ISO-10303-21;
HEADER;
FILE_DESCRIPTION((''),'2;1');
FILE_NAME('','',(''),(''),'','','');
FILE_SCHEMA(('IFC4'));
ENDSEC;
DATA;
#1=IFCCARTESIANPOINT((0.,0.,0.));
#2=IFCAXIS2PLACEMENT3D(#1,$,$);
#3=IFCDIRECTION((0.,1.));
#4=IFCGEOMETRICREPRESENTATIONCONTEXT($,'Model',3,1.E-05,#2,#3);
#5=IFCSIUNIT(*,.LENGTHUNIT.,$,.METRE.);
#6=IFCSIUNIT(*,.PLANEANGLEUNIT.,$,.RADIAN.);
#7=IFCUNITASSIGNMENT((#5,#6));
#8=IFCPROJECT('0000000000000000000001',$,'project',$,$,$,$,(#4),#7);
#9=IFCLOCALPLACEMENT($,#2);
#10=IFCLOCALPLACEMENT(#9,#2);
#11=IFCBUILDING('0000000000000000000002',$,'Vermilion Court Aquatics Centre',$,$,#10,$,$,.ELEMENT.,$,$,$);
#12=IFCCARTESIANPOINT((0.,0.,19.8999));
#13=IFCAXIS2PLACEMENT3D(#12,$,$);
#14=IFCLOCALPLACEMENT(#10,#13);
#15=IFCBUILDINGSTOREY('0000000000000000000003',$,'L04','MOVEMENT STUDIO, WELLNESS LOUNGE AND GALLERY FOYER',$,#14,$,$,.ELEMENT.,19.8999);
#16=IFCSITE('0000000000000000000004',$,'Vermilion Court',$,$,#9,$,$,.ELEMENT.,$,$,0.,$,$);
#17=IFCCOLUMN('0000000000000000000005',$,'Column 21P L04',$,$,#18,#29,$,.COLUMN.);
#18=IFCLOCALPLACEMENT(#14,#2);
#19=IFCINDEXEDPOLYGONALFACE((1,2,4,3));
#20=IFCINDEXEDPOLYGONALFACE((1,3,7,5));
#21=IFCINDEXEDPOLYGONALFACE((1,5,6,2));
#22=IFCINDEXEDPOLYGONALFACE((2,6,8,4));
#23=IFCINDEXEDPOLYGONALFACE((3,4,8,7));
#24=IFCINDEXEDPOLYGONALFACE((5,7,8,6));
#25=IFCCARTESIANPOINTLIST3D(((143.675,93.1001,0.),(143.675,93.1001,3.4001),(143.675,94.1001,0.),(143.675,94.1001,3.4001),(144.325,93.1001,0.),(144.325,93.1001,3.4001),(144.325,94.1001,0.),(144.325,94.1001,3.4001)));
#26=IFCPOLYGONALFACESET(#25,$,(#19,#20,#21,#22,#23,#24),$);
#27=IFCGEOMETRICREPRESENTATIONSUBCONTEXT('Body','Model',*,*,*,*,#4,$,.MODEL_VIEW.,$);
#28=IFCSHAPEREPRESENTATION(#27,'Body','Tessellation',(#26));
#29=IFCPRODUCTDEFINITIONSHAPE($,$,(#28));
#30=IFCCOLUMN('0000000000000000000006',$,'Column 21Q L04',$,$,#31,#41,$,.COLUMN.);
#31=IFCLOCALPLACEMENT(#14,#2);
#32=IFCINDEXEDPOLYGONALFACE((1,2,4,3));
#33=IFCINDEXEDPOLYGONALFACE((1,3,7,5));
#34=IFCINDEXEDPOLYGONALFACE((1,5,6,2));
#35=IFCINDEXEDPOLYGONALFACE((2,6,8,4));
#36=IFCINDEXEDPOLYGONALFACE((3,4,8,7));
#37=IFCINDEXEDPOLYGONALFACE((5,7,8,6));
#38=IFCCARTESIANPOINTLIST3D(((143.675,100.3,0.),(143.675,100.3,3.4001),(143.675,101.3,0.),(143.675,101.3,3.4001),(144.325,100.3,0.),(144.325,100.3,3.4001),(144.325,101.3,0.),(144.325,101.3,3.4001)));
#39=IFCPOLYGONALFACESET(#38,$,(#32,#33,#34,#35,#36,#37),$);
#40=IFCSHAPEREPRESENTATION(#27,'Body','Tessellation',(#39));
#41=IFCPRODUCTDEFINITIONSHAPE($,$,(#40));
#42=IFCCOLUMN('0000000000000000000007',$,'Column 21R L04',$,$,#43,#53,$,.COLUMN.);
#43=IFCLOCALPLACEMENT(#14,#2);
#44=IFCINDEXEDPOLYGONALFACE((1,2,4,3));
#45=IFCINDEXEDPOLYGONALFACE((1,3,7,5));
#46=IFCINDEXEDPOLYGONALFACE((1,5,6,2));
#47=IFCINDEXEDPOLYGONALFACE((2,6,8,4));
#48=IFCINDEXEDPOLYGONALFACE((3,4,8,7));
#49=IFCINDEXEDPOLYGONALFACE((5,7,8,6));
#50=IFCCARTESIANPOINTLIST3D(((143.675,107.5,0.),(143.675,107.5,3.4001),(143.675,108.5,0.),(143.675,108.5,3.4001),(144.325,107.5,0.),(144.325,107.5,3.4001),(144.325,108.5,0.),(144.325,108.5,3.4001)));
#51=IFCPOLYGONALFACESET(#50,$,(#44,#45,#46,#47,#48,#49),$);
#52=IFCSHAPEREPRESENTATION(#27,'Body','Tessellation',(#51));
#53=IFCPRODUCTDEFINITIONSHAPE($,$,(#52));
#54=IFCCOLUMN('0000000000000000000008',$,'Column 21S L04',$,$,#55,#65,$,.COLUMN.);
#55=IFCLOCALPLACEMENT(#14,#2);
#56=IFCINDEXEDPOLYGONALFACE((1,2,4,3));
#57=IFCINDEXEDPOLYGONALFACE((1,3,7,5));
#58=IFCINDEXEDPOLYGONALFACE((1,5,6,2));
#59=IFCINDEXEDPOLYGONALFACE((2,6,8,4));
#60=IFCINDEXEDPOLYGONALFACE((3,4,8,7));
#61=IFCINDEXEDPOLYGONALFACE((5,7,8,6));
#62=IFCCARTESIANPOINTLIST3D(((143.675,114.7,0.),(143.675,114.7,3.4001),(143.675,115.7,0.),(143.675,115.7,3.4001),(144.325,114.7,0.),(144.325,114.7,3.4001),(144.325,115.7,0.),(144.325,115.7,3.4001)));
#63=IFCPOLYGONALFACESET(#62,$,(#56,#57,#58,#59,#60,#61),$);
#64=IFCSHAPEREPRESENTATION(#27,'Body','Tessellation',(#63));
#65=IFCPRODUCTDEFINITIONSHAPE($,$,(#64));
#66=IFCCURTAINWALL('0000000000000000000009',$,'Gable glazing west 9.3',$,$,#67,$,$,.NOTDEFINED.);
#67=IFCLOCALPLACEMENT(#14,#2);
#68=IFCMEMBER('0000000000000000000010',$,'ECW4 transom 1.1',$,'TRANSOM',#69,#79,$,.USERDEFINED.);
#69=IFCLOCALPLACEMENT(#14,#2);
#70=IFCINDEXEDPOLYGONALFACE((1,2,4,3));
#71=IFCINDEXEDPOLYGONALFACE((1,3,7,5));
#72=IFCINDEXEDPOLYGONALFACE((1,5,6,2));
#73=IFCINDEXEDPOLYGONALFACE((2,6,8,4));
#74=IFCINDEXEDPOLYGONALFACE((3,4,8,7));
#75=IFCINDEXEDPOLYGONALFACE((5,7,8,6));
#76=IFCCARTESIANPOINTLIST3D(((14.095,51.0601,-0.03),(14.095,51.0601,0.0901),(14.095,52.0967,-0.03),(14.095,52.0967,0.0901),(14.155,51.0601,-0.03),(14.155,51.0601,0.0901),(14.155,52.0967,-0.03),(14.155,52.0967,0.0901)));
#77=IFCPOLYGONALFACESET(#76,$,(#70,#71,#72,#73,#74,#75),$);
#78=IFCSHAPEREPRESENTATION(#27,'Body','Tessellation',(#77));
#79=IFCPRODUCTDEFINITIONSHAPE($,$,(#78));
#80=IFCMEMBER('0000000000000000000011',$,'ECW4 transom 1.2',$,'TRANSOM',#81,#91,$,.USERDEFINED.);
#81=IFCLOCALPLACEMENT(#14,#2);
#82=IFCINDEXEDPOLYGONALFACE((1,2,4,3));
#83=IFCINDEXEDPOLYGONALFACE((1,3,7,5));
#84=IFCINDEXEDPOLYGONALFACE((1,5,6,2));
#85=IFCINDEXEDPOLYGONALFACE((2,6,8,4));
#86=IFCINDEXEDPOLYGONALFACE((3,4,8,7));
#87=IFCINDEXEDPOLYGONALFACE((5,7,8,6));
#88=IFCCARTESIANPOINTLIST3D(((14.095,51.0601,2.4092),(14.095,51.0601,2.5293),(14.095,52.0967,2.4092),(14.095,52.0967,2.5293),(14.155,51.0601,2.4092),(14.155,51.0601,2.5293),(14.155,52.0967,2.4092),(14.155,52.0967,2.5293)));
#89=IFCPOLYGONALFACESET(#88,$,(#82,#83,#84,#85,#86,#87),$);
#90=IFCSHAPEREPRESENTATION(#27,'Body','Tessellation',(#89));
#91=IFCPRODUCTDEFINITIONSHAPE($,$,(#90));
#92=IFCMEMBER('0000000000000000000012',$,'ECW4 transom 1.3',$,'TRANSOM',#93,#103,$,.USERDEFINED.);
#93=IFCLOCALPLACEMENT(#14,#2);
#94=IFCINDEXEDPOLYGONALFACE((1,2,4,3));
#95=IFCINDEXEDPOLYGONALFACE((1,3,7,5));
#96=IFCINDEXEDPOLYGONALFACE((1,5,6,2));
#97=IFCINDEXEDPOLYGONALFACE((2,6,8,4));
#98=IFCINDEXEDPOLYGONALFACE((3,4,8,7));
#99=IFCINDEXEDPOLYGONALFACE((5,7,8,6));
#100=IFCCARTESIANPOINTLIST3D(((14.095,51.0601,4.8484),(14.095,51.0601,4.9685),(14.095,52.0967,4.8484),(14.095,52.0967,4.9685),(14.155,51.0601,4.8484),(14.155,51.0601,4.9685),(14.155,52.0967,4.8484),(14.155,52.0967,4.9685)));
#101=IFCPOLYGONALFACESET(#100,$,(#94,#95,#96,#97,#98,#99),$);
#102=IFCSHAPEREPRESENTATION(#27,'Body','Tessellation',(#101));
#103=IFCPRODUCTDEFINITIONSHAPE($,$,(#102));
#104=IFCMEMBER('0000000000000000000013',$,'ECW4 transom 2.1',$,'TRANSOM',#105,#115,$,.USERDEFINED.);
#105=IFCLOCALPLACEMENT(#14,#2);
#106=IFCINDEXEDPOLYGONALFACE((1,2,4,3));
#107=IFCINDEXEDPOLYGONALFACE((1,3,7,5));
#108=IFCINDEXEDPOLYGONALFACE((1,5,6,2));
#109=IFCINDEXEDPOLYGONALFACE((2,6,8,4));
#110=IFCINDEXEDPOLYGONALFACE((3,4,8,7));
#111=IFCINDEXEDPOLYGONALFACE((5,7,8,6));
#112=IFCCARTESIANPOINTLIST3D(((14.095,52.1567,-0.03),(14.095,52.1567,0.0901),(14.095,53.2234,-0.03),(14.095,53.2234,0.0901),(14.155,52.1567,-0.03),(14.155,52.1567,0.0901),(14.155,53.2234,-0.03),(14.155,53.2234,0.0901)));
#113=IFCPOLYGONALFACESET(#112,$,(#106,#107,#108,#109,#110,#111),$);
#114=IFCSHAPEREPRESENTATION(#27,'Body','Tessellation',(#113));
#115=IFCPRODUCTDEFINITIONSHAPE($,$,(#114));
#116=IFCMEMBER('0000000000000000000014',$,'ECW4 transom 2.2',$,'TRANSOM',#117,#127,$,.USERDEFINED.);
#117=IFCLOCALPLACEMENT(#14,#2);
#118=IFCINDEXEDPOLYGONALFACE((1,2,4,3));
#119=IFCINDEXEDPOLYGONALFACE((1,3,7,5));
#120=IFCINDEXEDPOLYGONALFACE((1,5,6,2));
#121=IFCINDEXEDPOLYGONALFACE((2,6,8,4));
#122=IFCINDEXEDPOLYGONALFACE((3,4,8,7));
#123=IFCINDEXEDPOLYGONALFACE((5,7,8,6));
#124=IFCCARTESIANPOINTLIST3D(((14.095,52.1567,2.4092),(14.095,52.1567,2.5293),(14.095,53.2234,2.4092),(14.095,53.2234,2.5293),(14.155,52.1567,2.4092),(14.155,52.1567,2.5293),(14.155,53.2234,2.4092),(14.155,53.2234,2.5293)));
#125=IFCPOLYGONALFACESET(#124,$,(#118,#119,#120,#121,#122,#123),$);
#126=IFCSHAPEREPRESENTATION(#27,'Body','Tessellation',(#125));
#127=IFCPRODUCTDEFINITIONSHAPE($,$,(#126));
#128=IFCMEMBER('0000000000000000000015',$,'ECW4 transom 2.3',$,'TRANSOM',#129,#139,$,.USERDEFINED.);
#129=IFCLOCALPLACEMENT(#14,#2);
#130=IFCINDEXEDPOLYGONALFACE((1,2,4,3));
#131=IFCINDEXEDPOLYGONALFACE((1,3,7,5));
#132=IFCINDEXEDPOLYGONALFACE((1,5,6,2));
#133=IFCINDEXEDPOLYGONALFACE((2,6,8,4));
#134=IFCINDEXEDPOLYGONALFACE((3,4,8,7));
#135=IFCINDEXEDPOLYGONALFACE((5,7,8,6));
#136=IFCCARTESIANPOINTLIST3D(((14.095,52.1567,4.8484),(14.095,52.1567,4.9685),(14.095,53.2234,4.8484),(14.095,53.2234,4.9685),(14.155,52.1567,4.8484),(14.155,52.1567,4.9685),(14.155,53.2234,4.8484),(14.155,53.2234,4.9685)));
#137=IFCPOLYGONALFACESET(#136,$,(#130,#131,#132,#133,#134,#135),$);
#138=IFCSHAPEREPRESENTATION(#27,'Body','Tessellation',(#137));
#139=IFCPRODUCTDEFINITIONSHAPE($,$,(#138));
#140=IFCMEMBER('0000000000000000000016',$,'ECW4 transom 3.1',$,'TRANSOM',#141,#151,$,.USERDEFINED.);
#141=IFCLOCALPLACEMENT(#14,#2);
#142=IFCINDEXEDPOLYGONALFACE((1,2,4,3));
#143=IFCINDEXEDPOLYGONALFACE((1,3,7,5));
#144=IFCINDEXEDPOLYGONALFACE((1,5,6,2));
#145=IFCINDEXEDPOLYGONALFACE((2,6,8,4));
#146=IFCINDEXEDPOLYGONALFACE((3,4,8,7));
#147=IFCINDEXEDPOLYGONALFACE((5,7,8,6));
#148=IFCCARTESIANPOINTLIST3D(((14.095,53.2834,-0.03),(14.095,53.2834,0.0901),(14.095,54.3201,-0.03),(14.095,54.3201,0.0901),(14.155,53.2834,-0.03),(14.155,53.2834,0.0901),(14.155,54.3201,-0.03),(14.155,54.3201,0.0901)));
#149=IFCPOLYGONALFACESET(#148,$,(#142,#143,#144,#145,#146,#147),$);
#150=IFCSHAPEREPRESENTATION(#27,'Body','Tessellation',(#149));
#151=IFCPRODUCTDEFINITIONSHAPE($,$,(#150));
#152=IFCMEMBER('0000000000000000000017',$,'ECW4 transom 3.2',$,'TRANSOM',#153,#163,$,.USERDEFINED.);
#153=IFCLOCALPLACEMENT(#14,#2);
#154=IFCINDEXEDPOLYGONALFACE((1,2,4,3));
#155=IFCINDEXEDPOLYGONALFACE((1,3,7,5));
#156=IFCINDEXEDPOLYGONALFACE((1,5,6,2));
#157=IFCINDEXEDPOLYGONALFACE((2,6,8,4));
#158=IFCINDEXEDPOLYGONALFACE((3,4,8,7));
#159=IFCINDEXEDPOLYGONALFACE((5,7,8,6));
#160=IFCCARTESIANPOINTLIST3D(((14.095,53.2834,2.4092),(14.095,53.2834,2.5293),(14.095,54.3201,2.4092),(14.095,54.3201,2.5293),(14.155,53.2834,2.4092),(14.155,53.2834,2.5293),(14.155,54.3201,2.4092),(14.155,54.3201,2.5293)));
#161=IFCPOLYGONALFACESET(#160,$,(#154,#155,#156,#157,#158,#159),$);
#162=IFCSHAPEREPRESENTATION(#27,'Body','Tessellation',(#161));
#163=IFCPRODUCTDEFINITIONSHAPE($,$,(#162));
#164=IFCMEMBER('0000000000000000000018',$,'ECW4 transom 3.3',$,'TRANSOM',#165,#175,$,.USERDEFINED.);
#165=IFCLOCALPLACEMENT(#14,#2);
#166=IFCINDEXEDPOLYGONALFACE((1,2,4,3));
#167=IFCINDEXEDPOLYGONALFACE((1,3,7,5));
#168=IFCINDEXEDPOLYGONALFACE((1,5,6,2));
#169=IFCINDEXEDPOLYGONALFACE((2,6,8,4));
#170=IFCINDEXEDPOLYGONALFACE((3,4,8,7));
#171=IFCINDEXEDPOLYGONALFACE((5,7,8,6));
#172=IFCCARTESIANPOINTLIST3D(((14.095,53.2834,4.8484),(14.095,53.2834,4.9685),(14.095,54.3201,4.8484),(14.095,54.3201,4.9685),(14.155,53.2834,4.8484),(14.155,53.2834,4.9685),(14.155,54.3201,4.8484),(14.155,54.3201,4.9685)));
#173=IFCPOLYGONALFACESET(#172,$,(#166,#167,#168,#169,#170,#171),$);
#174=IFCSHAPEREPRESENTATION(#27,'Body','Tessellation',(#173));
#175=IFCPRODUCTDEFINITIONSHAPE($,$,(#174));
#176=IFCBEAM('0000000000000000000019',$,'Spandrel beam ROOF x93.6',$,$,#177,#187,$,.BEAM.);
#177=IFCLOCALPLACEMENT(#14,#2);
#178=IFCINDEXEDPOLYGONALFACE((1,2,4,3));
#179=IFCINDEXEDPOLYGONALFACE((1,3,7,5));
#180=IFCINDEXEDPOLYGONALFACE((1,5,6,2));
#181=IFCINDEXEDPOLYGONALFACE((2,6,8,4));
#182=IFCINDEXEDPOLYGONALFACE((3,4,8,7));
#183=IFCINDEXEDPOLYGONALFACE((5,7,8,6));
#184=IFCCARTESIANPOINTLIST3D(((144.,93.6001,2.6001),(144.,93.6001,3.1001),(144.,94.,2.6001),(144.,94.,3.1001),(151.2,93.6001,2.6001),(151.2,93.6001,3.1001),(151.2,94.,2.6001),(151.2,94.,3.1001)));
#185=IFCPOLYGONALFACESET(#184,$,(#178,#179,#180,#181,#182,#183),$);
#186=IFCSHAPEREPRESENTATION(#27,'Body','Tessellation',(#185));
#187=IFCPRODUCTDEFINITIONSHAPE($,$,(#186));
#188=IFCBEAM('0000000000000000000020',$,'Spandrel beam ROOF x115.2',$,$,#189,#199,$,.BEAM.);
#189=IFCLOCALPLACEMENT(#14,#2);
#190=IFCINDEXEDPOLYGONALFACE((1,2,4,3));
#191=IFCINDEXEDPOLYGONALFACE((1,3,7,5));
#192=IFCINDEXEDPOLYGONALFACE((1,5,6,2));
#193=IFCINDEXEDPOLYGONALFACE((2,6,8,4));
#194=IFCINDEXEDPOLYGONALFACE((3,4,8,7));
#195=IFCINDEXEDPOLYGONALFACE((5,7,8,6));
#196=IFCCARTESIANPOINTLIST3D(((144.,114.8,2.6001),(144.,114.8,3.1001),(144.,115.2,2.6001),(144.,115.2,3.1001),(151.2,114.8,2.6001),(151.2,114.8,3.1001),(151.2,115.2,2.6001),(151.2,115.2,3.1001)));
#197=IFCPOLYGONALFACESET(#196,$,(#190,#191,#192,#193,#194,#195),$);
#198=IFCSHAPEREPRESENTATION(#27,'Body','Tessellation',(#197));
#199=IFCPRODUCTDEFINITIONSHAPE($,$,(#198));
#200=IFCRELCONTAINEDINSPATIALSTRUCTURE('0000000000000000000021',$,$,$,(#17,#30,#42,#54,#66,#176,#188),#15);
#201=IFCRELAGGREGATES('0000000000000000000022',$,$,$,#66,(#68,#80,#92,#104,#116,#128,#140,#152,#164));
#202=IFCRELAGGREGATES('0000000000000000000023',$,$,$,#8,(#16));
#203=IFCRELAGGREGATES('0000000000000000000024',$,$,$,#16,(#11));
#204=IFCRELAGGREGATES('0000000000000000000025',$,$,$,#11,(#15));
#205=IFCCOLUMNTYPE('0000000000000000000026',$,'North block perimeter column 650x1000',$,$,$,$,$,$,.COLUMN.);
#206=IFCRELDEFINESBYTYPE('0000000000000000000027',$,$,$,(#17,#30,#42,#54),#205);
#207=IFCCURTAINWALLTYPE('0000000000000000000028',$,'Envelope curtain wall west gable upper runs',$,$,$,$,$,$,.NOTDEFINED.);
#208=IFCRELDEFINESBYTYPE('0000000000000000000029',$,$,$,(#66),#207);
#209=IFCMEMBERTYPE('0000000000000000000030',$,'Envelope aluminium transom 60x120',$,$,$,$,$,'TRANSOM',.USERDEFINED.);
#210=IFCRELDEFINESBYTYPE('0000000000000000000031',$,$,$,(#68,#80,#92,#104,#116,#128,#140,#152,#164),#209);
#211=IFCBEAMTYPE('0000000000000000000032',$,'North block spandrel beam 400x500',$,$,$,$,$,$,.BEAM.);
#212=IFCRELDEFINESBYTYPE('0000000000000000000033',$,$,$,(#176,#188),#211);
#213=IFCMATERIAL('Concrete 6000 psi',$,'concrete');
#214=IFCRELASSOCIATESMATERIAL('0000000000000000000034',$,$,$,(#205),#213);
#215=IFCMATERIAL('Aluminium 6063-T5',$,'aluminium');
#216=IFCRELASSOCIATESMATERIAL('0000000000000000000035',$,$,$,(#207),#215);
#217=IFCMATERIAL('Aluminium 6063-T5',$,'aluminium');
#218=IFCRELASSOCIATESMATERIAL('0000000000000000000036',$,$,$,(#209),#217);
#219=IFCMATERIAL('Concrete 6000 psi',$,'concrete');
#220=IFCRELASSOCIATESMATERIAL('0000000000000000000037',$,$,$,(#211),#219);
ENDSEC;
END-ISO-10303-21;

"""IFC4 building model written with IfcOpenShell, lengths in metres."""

from ifc_helpers import new_model, si_unit, direction, frame, origin, origin_2d, place, context, subcontext, project, spatial, rectangle, extrude, material, material_profile, profile_set, type_object, element, aggregate, save


model = new_model("IFC4")

# Units and contexts
model_context = context("Model", 3, precision=1e-05, world=origin(), true_north=direction((0.0, 1.0)))
body_context = subcontext(model_context, "Body", "Model", "MODEL_VIEW")
ifc_project = project(units=[si_unit("LENGTHUNIT", "METRE"), si_unit("PLANEANGLEUNIT", "RADIAN")], contexts=[model_context])

# Site, building, storey
site_placement = place(None, origin())
site = spatial("IfcSite", under=ifc_project, at=site_placement, Name="Vermilion Court", CompositionType="ELEMENT", RefElevation=0.0)
building_placement = place(site_placement, origin())
building = spatial("IfcBuilding", under=site, at=building_placement, Name="Vermilion Court Aquatics Centre", CompositionType="ELEMENT")
storey_placement = place(building_placement, frame((0.0, 0.0, 19.8999)))
storey = spatial("IfcBuildingStorey", under=building, at=storey_placement, Name="L04", Description="MOVEMENT STUDIO, WELLNESS LOUNGE AND GALLERY FOYER", CompositionType="ELEMENT", Elevation=19.8999)

# Columns
ifc_material_1 = material(Name="Concrete 6000 psi", Category="concrete")
ifc_material_profile_1 = material_profile(ifc_material_1, rectangle(XDim=0.6499, YDim=1.0, at=origin_2d()), Name="RC 650x1000")
ifc_profile_set_1 = profile_set([ifc_material_profile_1], Name="Concrete 6000 psi")
column_type = type_object("IfcColumnType", Name="North block perimeter column 650x1000", PredefinedType="COLUMN", material=ifc_profile_set_1)
for number, where, z_axis, x_axis, name in (
    (1, (144.0, 93.6001, 0.0), (0.0, 0.0, 1.0), (1.0, 0.0, 0.0), "Column 21P L04"),
    (2, (144.0, 100.8, 0.0), (0.0, 0.0, 1.0), (1.0, 0.0, 0.0), "Column 21Q L04"),
    (3, (144.0, 108.0, 0.0), (0.0, 0.0, 1.0), (1.0, 0.0, 0.0), "Column 21R L04"),
    (4, (144.0, 115.2, 0.0), (0.0, 0.0, 1.0), (1.0, 0.0, 0.0), "Column 21S L04"),
):
    element("IfcColumn", number, at=place(storey_placement, frame(where, z_axis=z_axis, x_axis=x_axis)), inside=storey, type_object=column_type, Name=name, PredefinedType="COLUMN", context=body_context, shape_type="SweptSolid", body=[
        extrude(rectangle(XDim=0.6499, YDim=1.0, at=origin_2d()), origin(), (0.0, 0.0, 1.0), 3.4001),
    ])

# Curtain wall, members
ifc_material_2 = material(Name="Aluminium 6063-T5", Category="aluminium")
curtain_wall_type = type_object("IfcCurtainWallType", Name="Envelope curtain wall west gable upper runs", PredefinedType="NOTDEFINED", material=ifc_material_2)
curtain_wall_placement = place(storey_placement, origin())
curtain_wall = element("IfcCurtainWall", 5, at=curtain_wall_placement, inside=storey, type_object=curtain_wall_type, Name="Gable glazing west 9.3", PredefinedType="NOTDEFINED")
ifc_material_3 = material(Name="Aluminium 6063-T5", Category="aluminium")
ifc_material_profile_2 = material_profile(ifc_material_3, rectangle(XDim=0.0601, YDim=0.1201, at=origin_2d()), Name="AL 60x120")
ifc_profile_set_2 = profile_set([ifc_material_profile_2], Name="Aluminium 6063-T5")
member_type = type_object("IfcMemberType", Name="Envelope aluminium transom 60x120", ElementType="TRANSOM", PredefinedType="USERDEFINED", material=ifc_profile_set_2)
member_1_placement = place(storey_placement, frame((14.125, 51.0601, 0.03), z_axis=(0.0, 1.0, 0.0), x_axis=(-1.0, 0.0, 0.0)))
member_1 = element("IfcMember", 6, at=member_1_placement, type_object=member_type, Name="ECW4 transom 1.1", ObjectType="TRANSOM", PredefinedType="USERDEFINED", context=body_context, shape_type="SweptSolid", body=[
    extrude(rectangle(XDim=0.0601, YDim=0.1201, at=origin_2d()), origin(), (0.0, 0.0, 1.0), 1.0366),
])
member_2_placement = place(storey_placement, frame((14.125, 51.0601, 2.4692), z_axis=(0.0, 1.0, 0.0), x_axis=(-1.0, 0.0, 0.0)))
member_2 = element("IfcMember", 7, at=member_2_placement, type_object=member_type, Name="ECW4 transom 1.2", ObjectType="TRANSOM", PredefinedType="USERDEFINED", context=body_context, shape_type="SweptSolid", body=[
    extrude(rectangle(XDim=0.0601, YDim=0.1201, at=origin_2d()), origin(), (0.0, 0.0, 1.0), 1.0366),
])
member_3_placement = place(storey_placement, frame((14.125, 51.0601, 4.9084), z_axis=(0.0, 1.0, 0.0), x_axis=(-1.0, 0.0, 0.0)))
member_3 = element("IfcMember", 8, at=member_3_placement, type_object=member_type, Name="ECW4 transom 1.3", ObjectType="TRANSOM", PredefinedType="USERDEFINED", context=body_context, shape_type="SweptSolid", body=[
    extrude(rectangle(XDim=0.0601, YDim=0.1201, at=origin_2d()), origin(), (0.0, 0.0, 1.0), 1.0366),
])
member_4_placement = place(storey_placement, frame((14.125, 52.1567, 0.03), z_axis=(0.0, 1.0, 0.0), x_axis=(-1.0, 0.0, 0.0)))
member_4 = element("IfcMember", 9, at=member_4_placement, type_object=member_type, Name="ECW4 transom 2.1", ObjectType="TRANSOM", PredefinedType="USERDEFINED", context=body_context, shape_type="SweptSolid", body=[
    extrude(rectangle(XDim=0.0601, YDim=0.1201, at=origin_2d()), origin(), (0.0, 0.0, 1.0), 1.0667),
])
member_5_placement = place(storey_placement, frame((14.125, 52.1567, 2.4692), z_axis=(0.0, 1.0, 0.0), x_axis=(-1.0, 0.0, 0.0)))
member_5 = element("IfcMember", 10, at=member_5_placement, type_object=member_type, Name="ECW4 transom 2.2", ObjectType="TRANSOM", PredefinedType="USERDEFINED", context=body_context, shape_type="SweptSolid", body=[
    extrude(rectangle(XDim=0.0601, YDim=0.1201, at=origin_2d()), origin(), (0.0, 0.0, 1.0), 1.0667),
])
member_6_placement = place(storey_placement, frame((14.125, 52.1567, 4.9084), z_axis=(0.0, 1.0, 0.0), x_axis=(-1.0, 0.0, 0.0)))
member_6 = element("IfcMember", 11, at=member_6_placement, type_object=member_type, Name="ECW4 transom 2.3", ObjectType="TRANSOM", PredefinedType="USERDEFINED", context=body_context, shape_type="SweptSolid", body=[
    extrude(rectangle(XDim=0.0601, YDim=0.1201, at=origin_2d()), origin(), (0.0, 0.0, 1.0), 1.0667),
])
member_7_placement = place(storey_placement, frame((14.125, 53.2834, 0.03), z_axis=(0.0, 1.0, 0.0), x_axis=(-1.0, 0.0, 0.0)))
member_7 = element("IfcMember", 12, at=member_7_placement, type_object=member_type, Name="ECW4 transom 3.1", ObjectType="TRANSOM", PredefinedType="USERDEFINED", context=body_context, shape_type="SweptSolid", body=[
    extrude(rectangle(XDim=0.0601, YDim=0.1201, at=origin_2d()), origin(), (0.0, 0.0, 1.0), 1.0366),
])
member_8_placement = place(storey_placement, frame((14.125, 53.2834, 2.4692), z_axis=(0.0, 1.0, 0.0), x_axis=(-1.0, 0.0, 0.0)))
member_8 = element("IfcMember", 13, at=member_8_placement, type_object=member_type, Name="ECW4 transom 3.2", ObjectType="TRANSOM", PredefinedType="USERDEFINED", context=body_context, shape_type="SweptSolid", body=[
    extrude(rectangle(XDim=0.0601, YDim=0.1201, at=origin_2d()), origin(), (0.0, 0.0, 1.0), 1.0366),
])
member_9_placement = place(storey_placement, frame((14.125, 53.2834, 4.9084), z_axis=(0.0, 1.0, 0.0), x_axis=(-1.0, 0.0, 0.0)))
member_9 = element("IfcMember", 14, at=member_9_placement, type_object=member_type, Name="ECW4 transom 3.3", ObjectType="TRANSOM", PredefinedType="USERDEFINED", context=body_context, shape_type="SweptSolid", body=[
    extrude(rectangle(XDim=0.0601, YDim=0.1201, at=origin_2d()), origin(), (0.0, 0.0, 1.0), 1.0366),
])

# Beams
ifc_material_4 = material(Name="Concrete 6000 psi", Category="concrete")
ifc_material_profile_3 = material_profile(ifc_material_4, rectangle(XDim=0.3999, YDim=0.5, at=origin_2d()), Name="RC 400x500")
ifc_profile_set_3 = profile_set([ifc_material_profile_3], Name="Concrete 6000 psi")
beam_type = type_object("IfcBeamType", Name="North block spandrel beam 400x500", PredefinedType="BEAM", material=ifc_profile_set_3)
for number, where, z_axis, x_axis, name in (
    (15, (144.0, 93.8, 2.8501), (1.0, 0.0, 0.0), (0.0, 1.0, 0.0), "Spandrel beam ROOF x93.6"),
    (16, (144.0, 115.0, 2.8501), (1.0, 0.0, 0.0), (0.0, 1.0, 0.0), "Spandrel beam ROOF x115.2"),
):
    element("IfcBeam", number, at=place(storey_placement, frame(where, z_axis=z_axis, x_axis=x_axis)), inside=storey, type_object=beam_type, Name=name, PredefinedType="BEAM", context=body_context, shape_type="SweptSolid", body=[
        extrude(rectangle(XDim=0.3999, YDim=0.5, at=origin_2d()), origin(), (0.0, 0.0, 1.0), 7.2),
    ])

aggregate(curtain_wall, [member_1, member_2, member_3, member_4, member_5, member_6, member_7, member_8, member_9])

save(model, "model.ifc")
